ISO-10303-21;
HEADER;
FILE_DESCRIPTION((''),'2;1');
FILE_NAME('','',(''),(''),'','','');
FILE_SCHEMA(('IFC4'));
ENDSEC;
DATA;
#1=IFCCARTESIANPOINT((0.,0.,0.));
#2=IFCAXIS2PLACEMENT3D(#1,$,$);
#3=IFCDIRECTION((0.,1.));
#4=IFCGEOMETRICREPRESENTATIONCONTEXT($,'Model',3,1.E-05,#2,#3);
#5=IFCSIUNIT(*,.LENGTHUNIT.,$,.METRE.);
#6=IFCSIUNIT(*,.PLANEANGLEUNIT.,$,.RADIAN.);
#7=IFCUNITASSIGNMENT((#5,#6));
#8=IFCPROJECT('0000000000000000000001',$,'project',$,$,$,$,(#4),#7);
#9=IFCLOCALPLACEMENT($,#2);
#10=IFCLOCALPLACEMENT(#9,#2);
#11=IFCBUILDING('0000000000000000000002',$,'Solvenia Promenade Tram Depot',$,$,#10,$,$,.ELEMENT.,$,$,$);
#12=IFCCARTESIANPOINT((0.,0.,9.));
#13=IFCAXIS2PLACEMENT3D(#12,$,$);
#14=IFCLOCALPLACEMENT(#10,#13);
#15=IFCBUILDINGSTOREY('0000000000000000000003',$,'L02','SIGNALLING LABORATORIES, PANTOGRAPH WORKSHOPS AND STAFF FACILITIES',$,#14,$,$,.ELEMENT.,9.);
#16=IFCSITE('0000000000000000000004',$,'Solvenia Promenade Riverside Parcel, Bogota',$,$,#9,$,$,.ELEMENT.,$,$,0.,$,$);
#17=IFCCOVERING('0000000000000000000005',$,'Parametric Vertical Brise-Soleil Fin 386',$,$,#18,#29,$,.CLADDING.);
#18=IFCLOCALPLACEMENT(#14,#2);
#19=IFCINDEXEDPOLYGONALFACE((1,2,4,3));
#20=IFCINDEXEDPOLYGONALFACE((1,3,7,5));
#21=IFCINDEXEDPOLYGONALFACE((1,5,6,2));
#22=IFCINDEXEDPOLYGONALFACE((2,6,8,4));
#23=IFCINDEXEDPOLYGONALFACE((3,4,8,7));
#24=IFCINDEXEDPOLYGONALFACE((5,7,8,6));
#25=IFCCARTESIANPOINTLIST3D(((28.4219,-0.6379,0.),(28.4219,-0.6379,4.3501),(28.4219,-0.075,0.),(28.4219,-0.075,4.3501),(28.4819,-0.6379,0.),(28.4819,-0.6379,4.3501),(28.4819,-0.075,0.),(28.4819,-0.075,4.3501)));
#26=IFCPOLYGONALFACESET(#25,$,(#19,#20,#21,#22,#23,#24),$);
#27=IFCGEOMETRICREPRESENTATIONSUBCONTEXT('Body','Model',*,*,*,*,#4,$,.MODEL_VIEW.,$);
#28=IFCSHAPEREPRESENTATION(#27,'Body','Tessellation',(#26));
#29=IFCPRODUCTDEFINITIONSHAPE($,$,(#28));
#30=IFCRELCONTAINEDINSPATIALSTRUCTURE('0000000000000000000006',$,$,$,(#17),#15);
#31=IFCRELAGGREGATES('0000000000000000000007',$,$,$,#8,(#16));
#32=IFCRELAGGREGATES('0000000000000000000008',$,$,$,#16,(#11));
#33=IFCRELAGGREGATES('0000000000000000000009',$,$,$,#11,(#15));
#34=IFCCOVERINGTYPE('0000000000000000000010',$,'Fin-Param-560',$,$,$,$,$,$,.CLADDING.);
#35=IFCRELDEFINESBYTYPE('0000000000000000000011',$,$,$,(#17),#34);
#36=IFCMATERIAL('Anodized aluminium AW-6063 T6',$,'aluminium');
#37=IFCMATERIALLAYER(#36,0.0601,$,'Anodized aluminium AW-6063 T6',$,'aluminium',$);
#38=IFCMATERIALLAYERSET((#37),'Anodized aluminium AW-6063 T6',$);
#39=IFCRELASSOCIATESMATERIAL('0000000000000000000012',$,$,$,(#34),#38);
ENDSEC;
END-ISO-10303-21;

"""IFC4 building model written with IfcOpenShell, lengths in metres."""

from ifc_helpers import new_model, si_unit, direction, frame, origin, origin_2d, place, context, subcontext, project, spatial, rectangle, extrude, material, layer, layer_set, type_object, element, save


model = new_model("IFC4")

# Units and contexts
model_context = context("Model", 3, precision=1e-05, world=origin(), true_north=direction((0.0, 1.0)))
body_context = subcontext(model_context, "Body", "Model", "MODEL_VIEW")
ifc_project = project(units=[si_unit("LENGTHUNIT", "METRE"), si_unit("PLANEANGLEUNIT", "RADIAN")], contexts=[model_context])

# Site, building, storey
site_placement = place(None, origin())
site = spatial("IfcSite", under=ifc_project, at=site_placement, Name="Solvenia Promenade Riverside Parcel, Bogota", CompositionType="ELEMENT", RefElevation=0.0)
building_placement = place(site_placement, origin())
building = spatial("IfcBuilding", under=site, at=building_placement, Name="Solvenia Promenade Tram Depot", CompositionType="ELEMENT")
storey_placement = place(building_placement, frame((0.0, 0.0, 9.0)))
storey = spatial("IfcBuildingStorey", under=building, at=storey_placement, Name="L02", Description="SIGNALLING LABORATORIES, PANTOGRAPH WORKSHOPS AND STAFF FACILITIES", CompositionType="ELEMENT", Elevation=9.0)

# Shared definitions
ifc_material_1 = material(Name="Anodized aluminium AW-6063 T6", Category="aluminium")

# Covering
ifc_layer_1 = layer(ifc_material_1, 0.0601, Name="Anodized aluminium AW-6063 T6", Category="aluminium")
ifc_layer_set_1 = layer_set([ifc_layer_1], Name="Anodized aluminium AW-6063 T6")
covering_type = type_object("IfcCoveringType", Name="Fin-Param-560", PredefinedType="CLADDING", material=ifc_layer_set_1)
covering_1_placement = place(storey_placement, frame((28.4519, -0.3564, 0.0), z_axis=(0.0, 0.0, 1.0), x_axis=(1.0, 0.0, 0.0)))
element("IfcCovering", 1, at=covering_1_placement, inside=storey, type_object=covering_type, Name="Parametric Vertical Brise-Soleil Fin 386", PredefinedType="CLADDING", context=body_context, shape_type="SweptSolid", body=[
    extrude(rectangle(XDim=0.0601, YDim=0.563, at=origin_2d()), origin(), (0.0, 0.0, 1.0), 4.3501),
])

save(model, "model.ifc")
